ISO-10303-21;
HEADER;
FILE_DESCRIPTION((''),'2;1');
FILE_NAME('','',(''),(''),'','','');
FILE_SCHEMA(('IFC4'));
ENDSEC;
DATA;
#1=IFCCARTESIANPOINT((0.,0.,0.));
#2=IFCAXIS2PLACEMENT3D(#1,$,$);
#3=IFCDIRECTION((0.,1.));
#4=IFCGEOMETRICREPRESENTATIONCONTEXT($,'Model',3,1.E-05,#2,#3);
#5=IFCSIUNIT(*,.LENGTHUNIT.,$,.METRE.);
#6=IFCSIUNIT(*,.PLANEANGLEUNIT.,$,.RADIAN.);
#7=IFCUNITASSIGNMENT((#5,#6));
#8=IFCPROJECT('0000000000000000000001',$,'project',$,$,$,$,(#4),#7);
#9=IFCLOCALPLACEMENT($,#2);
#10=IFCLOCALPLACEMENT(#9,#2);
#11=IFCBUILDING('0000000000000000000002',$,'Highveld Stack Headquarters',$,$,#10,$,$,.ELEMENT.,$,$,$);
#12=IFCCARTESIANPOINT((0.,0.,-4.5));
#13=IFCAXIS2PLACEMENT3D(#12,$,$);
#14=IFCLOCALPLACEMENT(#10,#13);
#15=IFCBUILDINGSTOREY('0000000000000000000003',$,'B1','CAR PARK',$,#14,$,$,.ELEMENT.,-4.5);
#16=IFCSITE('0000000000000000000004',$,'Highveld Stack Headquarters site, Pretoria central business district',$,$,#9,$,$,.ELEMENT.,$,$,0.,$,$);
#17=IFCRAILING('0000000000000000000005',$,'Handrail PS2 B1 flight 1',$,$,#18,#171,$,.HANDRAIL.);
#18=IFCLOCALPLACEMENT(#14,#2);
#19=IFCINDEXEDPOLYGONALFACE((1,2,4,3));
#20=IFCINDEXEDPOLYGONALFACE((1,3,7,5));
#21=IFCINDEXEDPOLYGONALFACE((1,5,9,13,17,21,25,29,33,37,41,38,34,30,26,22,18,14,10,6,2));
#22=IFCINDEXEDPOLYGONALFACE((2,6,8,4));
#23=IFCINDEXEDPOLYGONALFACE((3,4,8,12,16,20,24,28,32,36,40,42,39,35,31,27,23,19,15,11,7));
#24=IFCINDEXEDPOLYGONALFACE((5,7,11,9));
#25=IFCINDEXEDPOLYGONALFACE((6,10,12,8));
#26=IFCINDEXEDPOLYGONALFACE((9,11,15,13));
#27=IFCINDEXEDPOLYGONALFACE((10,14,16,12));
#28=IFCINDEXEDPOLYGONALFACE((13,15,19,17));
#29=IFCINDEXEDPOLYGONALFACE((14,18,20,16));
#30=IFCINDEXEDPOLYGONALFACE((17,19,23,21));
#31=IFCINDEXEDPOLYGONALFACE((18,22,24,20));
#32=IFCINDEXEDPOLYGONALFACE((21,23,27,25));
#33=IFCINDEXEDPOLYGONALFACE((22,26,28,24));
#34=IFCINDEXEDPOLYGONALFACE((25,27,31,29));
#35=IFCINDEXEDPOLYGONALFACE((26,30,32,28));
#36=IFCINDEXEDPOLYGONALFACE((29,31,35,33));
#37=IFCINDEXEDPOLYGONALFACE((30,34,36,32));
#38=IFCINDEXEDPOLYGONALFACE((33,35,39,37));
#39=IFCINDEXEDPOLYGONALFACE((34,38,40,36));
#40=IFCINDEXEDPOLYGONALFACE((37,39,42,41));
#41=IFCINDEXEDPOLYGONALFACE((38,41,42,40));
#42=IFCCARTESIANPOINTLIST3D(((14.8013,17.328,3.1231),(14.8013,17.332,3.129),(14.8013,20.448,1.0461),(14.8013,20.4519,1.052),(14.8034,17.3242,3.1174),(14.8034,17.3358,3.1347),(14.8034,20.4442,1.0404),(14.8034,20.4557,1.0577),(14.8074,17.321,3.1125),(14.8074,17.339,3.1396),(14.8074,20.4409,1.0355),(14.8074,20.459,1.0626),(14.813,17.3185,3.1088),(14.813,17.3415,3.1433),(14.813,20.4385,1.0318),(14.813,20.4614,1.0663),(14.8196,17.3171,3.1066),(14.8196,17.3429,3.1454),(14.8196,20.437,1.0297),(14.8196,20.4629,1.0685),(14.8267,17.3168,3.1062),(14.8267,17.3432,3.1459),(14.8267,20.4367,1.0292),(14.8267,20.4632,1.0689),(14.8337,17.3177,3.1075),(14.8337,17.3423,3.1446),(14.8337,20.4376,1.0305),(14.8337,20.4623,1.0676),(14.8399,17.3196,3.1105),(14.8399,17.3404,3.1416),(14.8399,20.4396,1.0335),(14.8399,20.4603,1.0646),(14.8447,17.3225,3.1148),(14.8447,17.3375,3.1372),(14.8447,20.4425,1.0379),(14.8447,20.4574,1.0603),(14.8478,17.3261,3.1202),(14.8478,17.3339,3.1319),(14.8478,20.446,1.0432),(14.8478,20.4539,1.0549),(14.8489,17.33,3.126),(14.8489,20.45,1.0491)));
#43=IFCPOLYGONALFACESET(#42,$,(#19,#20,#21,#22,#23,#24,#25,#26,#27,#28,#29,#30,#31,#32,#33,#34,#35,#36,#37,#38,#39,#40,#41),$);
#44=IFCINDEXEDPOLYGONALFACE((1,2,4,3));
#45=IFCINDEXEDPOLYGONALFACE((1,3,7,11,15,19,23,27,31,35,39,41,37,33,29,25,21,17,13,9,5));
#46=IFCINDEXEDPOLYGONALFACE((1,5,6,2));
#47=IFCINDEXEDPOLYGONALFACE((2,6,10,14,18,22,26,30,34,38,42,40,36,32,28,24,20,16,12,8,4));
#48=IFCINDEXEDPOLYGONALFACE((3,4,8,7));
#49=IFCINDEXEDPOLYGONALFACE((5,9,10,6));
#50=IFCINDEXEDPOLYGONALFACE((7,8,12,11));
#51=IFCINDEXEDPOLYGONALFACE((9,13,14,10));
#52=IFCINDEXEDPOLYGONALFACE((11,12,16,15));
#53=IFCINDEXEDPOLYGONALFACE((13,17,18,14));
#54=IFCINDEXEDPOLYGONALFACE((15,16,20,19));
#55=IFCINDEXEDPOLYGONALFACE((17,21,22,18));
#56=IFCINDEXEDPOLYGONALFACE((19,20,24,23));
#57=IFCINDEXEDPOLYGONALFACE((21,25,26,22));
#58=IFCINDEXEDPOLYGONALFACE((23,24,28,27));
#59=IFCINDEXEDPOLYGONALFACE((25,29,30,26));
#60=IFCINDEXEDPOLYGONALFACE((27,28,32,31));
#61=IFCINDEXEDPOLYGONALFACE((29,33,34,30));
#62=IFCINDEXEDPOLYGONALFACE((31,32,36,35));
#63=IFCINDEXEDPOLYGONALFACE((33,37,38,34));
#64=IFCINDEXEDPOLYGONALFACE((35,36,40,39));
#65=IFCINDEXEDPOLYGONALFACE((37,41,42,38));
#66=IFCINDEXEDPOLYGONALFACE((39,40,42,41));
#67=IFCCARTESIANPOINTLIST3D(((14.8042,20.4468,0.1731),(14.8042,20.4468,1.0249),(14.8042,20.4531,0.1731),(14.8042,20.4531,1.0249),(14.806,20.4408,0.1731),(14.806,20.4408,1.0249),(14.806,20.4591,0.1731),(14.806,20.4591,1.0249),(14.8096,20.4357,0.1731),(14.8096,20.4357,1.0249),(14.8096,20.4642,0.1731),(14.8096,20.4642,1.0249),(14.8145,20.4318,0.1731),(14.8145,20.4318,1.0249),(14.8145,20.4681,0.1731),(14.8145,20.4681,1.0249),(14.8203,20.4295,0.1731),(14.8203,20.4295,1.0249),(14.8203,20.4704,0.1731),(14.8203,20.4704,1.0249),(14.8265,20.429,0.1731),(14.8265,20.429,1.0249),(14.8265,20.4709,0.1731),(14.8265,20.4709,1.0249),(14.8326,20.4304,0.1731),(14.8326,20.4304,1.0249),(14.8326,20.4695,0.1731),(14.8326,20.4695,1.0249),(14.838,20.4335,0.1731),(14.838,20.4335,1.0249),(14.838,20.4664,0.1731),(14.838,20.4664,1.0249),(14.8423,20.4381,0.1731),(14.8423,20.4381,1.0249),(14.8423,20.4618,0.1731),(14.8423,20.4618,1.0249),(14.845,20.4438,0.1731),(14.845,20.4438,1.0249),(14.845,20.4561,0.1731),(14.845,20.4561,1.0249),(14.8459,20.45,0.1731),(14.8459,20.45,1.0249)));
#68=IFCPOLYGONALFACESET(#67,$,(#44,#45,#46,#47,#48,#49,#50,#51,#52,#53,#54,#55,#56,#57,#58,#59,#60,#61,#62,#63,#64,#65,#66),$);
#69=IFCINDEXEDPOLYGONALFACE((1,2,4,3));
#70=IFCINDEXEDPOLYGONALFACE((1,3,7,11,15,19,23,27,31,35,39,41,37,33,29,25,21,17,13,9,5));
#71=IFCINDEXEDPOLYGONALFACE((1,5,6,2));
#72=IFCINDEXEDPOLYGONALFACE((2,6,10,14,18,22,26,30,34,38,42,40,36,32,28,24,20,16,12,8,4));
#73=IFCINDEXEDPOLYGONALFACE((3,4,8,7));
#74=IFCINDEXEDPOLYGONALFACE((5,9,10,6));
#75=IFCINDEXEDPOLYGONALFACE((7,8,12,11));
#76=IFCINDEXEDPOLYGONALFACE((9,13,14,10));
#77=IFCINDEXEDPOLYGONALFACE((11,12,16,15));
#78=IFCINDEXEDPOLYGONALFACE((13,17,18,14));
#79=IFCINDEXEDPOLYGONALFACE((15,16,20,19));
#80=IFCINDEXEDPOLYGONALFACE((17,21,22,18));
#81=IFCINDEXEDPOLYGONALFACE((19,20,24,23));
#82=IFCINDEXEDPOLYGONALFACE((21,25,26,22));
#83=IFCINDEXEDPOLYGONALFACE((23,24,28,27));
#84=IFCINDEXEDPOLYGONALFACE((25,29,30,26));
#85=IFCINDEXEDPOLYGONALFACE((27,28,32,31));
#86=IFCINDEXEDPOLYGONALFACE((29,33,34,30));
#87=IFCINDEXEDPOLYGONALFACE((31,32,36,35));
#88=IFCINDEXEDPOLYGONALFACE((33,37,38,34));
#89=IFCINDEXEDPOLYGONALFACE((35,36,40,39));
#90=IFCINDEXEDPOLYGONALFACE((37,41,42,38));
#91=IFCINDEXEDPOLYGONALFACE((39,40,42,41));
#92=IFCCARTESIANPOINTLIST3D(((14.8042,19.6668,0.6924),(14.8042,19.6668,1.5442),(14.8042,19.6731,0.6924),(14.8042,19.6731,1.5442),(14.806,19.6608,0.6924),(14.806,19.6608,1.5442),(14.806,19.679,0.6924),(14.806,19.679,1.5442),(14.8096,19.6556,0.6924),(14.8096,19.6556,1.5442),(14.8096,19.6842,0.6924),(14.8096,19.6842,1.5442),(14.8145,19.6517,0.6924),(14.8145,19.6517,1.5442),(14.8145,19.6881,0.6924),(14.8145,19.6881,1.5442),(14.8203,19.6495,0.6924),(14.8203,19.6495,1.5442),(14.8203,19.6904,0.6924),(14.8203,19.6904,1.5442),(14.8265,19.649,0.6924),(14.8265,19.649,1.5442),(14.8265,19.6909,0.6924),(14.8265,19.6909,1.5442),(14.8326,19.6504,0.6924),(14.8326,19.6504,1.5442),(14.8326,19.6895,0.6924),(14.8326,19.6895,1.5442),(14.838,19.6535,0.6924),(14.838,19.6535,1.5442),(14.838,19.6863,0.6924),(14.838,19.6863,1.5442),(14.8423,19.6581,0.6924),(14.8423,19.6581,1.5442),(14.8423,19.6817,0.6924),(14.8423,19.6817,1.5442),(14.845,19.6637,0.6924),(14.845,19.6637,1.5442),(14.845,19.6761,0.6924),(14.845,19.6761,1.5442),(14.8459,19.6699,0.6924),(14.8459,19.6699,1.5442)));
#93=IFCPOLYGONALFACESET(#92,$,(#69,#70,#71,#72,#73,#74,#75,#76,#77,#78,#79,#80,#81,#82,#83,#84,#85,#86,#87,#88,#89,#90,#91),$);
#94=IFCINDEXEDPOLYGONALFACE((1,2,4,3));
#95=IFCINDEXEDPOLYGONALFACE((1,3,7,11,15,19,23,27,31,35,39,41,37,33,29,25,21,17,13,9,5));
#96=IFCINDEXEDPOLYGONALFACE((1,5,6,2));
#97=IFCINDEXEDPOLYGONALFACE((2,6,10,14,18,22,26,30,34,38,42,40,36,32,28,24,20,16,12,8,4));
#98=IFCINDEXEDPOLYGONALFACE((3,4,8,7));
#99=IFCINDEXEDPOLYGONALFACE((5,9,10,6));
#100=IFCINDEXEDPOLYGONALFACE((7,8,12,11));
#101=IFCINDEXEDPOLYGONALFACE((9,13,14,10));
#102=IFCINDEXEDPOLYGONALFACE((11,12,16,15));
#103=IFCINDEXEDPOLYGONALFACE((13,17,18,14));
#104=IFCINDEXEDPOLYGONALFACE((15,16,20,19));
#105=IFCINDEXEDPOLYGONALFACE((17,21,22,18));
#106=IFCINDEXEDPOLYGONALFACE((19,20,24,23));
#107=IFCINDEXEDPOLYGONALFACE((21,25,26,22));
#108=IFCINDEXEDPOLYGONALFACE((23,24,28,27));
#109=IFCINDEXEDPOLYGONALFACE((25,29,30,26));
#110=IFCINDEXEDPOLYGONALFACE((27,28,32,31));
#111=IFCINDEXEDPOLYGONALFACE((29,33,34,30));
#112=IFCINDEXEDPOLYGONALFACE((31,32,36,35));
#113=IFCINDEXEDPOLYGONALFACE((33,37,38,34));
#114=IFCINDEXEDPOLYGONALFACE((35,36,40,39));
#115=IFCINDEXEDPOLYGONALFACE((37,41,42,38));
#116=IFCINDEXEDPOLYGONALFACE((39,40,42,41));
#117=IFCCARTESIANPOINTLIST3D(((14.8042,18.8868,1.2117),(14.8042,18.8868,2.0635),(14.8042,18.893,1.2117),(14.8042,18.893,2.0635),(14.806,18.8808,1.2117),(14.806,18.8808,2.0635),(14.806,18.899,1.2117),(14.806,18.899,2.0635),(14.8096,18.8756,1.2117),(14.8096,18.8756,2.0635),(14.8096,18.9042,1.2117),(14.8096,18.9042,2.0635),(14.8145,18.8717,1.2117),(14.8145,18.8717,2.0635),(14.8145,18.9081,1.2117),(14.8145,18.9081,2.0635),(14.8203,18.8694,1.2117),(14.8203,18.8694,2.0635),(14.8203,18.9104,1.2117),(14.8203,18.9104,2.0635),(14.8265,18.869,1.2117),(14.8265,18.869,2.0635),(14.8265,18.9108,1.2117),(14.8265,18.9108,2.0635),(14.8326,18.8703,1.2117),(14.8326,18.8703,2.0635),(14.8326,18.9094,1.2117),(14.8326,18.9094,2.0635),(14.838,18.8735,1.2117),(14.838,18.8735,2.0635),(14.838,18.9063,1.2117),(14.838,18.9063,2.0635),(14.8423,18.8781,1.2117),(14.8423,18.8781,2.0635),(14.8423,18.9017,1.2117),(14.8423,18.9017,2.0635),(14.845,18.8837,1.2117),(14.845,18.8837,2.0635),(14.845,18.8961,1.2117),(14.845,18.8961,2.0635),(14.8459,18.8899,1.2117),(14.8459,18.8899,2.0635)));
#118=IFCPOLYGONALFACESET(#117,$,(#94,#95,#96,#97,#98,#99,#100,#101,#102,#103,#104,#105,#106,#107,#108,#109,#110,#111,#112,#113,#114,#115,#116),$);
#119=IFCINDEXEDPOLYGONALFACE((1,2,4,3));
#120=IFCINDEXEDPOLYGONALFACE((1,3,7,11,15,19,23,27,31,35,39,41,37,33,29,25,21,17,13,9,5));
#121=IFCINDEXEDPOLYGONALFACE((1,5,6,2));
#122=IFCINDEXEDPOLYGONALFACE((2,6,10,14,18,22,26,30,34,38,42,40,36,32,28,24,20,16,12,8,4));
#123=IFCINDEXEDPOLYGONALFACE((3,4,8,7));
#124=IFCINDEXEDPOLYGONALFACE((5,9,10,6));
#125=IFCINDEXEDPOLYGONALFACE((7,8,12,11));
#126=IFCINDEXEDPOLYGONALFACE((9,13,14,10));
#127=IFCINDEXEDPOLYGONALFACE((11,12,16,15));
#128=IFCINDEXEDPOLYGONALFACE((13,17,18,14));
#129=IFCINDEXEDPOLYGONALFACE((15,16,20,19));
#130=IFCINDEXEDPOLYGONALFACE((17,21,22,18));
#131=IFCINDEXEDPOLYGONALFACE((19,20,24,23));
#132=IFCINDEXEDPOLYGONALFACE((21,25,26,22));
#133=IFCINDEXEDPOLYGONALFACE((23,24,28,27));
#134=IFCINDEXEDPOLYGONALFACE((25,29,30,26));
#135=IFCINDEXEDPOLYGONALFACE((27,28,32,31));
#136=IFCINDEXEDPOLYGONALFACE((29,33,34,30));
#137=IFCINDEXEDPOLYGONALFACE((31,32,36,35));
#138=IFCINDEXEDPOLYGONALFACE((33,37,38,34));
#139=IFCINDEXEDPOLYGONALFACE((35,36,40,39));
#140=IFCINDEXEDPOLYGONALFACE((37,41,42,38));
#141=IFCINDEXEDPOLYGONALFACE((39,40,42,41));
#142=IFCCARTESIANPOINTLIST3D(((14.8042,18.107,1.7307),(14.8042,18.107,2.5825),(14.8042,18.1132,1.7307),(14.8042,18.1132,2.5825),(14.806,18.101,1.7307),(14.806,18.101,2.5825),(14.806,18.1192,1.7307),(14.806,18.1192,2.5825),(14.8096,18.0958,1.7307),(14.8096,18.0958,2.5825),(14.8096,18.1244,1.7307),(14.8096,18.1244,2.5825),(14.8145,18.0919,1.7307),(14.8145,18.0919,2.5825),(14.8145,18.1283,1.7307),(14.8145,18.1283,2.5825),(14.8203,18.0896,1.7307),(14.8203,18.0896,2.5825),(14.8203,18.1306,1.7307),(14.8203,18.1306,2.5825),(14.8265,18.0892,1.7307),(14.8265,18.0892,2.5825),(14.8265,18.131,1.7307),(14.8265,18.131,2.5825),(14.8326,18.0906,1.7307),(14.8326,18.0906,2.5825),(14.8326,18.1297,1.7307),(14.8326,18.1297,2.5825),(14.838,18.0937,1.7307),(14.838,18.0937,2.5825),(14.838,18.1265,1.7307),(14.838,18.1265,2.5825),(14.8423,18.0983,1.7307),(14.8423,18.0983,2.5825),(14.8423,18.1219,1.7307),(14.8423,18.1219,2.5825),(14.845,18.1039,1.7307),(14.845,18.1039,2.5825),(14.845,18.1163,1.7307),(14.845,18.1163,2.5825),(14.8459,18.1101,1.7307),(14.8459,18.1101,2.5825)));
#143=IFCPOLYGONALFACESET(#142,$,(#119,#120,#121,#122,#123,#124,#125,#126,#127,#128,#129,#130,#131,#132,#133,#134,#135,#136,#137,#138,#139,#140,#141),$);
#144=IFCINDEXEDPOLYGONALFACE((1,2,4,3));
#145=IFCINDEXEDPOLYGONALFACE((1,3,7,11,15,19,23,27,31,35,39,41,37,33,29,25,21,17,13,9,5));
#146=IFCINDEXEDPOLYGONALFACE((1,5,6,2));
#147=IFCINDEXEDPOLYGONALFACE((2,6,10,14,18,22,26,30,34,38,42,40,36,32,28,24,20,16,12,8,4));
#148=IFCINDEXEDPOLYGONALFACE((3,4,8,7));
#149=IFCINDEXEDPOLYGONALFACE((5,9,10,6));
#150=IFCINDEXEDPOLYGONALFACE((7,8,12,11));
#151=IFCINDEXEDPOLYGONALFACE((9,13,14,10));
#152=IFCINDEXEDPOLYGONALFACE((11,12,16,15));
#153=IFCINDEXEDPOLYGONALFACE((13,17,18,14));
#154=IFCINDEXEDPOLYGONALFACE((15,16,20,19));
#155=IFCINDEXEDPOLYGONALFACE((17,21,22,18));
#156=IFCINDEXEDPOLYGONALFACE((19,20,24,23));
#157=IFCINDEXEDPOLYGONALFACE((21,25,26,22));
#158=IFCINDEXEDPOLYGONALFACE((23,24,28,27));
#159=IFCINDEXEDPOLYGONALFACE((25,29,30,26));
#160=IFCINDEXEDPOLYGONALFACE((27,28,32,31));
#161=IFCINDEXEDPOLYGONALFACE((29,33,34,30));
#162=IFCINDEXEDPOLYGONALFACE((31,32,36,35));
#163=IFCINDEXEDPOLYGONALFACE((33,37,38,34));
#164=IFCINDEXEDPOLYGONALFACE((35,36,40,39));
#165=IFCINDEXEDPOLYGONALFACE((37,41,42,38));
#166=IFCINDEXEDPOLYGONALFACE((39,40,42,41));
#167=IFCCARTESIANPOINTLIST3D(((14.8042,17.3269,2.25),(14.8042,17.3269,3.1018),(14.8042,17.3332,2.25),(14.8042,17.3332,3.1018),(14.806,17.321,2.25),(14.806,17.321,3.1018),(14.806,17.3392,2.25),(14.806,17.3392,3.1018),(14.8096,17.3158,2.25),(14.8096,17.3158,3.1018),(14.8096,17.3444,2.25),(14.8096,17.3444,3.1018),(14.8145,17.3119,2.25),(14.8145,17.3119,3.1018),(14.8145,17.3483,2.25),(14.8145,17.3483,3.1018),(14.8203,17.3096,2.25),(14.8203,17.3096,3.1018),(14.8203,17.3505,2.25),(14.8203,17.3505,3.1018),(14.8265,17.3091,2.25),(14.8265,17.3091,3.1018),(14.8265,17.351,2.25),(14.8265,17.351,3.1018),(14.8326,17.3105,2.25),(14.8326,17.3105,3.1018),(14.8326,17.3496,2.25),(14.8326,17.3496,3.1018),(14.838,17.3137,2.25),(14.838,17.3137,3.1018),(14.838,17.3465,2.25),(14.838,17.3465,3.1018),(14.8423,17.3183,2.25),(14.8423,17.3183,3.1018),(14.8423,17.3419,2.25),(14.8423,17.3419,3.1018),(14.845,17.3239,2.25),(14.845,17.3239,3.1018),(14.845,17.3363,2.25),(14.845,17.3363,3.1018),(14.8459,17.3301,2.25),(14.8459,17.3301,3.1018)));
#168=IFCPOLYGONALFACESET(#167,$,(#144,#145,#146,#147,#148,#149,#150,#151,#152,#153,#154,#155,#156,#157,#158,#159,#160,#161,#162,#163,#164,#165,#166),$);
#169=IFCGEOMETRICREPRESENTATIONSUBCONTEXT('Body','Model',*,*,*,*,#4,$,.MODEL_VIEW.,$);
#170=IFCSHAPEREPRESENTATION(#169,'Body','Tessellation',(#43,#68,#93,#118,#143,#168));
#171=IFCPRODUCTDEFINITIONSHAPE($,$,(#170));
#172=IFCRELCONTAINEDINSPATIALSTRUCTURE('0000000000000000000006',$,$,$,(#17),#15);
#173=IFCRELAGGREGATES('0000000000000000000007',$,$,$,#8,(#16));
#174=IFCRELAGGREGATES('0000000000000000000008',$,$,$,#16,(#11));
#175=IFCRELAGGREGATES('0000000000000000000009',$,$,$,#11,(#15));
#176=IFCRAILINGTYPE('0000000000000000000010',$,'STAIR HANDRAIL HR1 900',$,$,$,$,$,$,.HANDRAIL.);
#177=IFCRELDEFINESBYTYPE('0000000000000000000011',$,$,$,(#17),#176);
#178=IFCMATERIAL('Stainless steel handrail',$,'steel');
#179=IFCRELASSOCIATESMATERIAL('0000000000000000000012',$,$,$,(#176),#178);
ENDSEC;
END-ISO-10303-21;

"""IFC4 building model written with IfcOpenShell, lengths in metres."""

from ifc_helpers import new_model, si_unit, direction, frame, origin, origin_2d, place, context, subcontext, project, spatial, circle, extrude, material, type_object, element, save


model = new_model("IFC4")

# Units and contexts
model_context = context("Model", 3, precision=1e-05, world=origin(), true_north=direction((0.0, 1.0)))
body_context = subcontext(model_context, "Body", "Model", "MODEL_VIEW")
ifc_project = project(units=[si_unit("LENGTHUNIT", "METRE"), si_unit("PLANEANGLEUNIT", "RADIAN")], contexts=[model_context])

# Site, building, storey
site_placement = place(None, origin())
site = spatial("IfcSite", under=ifc_project, at=site_placement, Name="Highveld Stack Headquarters site, Pretoria central business district", CompositionType="ELEMENT", RefElevation=0.0)
building_placement = place(site_placement, origin())
building = spatial("IfcBuilding", under=site, at=building_placement, Name="Highveld Stack Headquarters", CompositionType="ELEMENT")
storey_placement = place(building_placement, frame((0.0, 0.0, -4.5)))
storey = spatial("IfcBuildingStorey", under=building, at=storey_placement, Name="B1", Description="CAR PARK", CompositionType="ELEMENT", Elevation=-4.5)

# Railing
ifc_material_1 = material(Name="Stainless steel handrail", Category="steel")
railing_type = type_object("IfcRailingType", Name="STAIR HANDRAIL HR1 900", PredefinedType="HANDRAIL", material=ifc_material_1)
for number, where, name in (
    (1, (14.825, 20.45, 0.1731), "Handrail PS2 B1 flight 1"),
):
    element("IfcRailing", number, at=place(storey_placement, frame(where)), inside=storey, type_object=railing_type, Name=name, PredefinedType="HANDRAIL", context=body_context, shape_type="SweptSolid", body=[
        extrude(circle(Radius=0.0239, at=origin_2d()), frame((0.0, 0.0, 0.876), z_axis=(0.0, -0.832421, 0.554144), x_axis=(1.0, 0.0, 0.0)), (0.0, 0.0, 1.0), 3.748),
        extrude(circle(Radius=0.021, at=origin_2d()), origin(), (0.0, 0.0, 1.0), 0.8518),
        extrude(circle(Radius=0.021, at=origin_2d()), frame((0.0, -0.78, 0.5193)), (0.0, 0.0, 1.0), 0.8518),
        extrude(circle(Radius=0.021, at=origin_2d()), frame((0.0, -1.5601, 1.0386)), (0.0, 0.0, 1.0), 0.8518),
        extrude(circle(Radius=0.021, at=origin_2d()), frame((0.0, -2.3398, 1.5576)), (0.0, 0.0, 1.0), 0.8518),
        extrude(circle(Radius=0.021, at=origin_2d()), frame((0.0, -3.1199, 2.0769)), (0.0, 0.0, 1.0), 0.8518),
    ])

save(model, "model.ifc")
